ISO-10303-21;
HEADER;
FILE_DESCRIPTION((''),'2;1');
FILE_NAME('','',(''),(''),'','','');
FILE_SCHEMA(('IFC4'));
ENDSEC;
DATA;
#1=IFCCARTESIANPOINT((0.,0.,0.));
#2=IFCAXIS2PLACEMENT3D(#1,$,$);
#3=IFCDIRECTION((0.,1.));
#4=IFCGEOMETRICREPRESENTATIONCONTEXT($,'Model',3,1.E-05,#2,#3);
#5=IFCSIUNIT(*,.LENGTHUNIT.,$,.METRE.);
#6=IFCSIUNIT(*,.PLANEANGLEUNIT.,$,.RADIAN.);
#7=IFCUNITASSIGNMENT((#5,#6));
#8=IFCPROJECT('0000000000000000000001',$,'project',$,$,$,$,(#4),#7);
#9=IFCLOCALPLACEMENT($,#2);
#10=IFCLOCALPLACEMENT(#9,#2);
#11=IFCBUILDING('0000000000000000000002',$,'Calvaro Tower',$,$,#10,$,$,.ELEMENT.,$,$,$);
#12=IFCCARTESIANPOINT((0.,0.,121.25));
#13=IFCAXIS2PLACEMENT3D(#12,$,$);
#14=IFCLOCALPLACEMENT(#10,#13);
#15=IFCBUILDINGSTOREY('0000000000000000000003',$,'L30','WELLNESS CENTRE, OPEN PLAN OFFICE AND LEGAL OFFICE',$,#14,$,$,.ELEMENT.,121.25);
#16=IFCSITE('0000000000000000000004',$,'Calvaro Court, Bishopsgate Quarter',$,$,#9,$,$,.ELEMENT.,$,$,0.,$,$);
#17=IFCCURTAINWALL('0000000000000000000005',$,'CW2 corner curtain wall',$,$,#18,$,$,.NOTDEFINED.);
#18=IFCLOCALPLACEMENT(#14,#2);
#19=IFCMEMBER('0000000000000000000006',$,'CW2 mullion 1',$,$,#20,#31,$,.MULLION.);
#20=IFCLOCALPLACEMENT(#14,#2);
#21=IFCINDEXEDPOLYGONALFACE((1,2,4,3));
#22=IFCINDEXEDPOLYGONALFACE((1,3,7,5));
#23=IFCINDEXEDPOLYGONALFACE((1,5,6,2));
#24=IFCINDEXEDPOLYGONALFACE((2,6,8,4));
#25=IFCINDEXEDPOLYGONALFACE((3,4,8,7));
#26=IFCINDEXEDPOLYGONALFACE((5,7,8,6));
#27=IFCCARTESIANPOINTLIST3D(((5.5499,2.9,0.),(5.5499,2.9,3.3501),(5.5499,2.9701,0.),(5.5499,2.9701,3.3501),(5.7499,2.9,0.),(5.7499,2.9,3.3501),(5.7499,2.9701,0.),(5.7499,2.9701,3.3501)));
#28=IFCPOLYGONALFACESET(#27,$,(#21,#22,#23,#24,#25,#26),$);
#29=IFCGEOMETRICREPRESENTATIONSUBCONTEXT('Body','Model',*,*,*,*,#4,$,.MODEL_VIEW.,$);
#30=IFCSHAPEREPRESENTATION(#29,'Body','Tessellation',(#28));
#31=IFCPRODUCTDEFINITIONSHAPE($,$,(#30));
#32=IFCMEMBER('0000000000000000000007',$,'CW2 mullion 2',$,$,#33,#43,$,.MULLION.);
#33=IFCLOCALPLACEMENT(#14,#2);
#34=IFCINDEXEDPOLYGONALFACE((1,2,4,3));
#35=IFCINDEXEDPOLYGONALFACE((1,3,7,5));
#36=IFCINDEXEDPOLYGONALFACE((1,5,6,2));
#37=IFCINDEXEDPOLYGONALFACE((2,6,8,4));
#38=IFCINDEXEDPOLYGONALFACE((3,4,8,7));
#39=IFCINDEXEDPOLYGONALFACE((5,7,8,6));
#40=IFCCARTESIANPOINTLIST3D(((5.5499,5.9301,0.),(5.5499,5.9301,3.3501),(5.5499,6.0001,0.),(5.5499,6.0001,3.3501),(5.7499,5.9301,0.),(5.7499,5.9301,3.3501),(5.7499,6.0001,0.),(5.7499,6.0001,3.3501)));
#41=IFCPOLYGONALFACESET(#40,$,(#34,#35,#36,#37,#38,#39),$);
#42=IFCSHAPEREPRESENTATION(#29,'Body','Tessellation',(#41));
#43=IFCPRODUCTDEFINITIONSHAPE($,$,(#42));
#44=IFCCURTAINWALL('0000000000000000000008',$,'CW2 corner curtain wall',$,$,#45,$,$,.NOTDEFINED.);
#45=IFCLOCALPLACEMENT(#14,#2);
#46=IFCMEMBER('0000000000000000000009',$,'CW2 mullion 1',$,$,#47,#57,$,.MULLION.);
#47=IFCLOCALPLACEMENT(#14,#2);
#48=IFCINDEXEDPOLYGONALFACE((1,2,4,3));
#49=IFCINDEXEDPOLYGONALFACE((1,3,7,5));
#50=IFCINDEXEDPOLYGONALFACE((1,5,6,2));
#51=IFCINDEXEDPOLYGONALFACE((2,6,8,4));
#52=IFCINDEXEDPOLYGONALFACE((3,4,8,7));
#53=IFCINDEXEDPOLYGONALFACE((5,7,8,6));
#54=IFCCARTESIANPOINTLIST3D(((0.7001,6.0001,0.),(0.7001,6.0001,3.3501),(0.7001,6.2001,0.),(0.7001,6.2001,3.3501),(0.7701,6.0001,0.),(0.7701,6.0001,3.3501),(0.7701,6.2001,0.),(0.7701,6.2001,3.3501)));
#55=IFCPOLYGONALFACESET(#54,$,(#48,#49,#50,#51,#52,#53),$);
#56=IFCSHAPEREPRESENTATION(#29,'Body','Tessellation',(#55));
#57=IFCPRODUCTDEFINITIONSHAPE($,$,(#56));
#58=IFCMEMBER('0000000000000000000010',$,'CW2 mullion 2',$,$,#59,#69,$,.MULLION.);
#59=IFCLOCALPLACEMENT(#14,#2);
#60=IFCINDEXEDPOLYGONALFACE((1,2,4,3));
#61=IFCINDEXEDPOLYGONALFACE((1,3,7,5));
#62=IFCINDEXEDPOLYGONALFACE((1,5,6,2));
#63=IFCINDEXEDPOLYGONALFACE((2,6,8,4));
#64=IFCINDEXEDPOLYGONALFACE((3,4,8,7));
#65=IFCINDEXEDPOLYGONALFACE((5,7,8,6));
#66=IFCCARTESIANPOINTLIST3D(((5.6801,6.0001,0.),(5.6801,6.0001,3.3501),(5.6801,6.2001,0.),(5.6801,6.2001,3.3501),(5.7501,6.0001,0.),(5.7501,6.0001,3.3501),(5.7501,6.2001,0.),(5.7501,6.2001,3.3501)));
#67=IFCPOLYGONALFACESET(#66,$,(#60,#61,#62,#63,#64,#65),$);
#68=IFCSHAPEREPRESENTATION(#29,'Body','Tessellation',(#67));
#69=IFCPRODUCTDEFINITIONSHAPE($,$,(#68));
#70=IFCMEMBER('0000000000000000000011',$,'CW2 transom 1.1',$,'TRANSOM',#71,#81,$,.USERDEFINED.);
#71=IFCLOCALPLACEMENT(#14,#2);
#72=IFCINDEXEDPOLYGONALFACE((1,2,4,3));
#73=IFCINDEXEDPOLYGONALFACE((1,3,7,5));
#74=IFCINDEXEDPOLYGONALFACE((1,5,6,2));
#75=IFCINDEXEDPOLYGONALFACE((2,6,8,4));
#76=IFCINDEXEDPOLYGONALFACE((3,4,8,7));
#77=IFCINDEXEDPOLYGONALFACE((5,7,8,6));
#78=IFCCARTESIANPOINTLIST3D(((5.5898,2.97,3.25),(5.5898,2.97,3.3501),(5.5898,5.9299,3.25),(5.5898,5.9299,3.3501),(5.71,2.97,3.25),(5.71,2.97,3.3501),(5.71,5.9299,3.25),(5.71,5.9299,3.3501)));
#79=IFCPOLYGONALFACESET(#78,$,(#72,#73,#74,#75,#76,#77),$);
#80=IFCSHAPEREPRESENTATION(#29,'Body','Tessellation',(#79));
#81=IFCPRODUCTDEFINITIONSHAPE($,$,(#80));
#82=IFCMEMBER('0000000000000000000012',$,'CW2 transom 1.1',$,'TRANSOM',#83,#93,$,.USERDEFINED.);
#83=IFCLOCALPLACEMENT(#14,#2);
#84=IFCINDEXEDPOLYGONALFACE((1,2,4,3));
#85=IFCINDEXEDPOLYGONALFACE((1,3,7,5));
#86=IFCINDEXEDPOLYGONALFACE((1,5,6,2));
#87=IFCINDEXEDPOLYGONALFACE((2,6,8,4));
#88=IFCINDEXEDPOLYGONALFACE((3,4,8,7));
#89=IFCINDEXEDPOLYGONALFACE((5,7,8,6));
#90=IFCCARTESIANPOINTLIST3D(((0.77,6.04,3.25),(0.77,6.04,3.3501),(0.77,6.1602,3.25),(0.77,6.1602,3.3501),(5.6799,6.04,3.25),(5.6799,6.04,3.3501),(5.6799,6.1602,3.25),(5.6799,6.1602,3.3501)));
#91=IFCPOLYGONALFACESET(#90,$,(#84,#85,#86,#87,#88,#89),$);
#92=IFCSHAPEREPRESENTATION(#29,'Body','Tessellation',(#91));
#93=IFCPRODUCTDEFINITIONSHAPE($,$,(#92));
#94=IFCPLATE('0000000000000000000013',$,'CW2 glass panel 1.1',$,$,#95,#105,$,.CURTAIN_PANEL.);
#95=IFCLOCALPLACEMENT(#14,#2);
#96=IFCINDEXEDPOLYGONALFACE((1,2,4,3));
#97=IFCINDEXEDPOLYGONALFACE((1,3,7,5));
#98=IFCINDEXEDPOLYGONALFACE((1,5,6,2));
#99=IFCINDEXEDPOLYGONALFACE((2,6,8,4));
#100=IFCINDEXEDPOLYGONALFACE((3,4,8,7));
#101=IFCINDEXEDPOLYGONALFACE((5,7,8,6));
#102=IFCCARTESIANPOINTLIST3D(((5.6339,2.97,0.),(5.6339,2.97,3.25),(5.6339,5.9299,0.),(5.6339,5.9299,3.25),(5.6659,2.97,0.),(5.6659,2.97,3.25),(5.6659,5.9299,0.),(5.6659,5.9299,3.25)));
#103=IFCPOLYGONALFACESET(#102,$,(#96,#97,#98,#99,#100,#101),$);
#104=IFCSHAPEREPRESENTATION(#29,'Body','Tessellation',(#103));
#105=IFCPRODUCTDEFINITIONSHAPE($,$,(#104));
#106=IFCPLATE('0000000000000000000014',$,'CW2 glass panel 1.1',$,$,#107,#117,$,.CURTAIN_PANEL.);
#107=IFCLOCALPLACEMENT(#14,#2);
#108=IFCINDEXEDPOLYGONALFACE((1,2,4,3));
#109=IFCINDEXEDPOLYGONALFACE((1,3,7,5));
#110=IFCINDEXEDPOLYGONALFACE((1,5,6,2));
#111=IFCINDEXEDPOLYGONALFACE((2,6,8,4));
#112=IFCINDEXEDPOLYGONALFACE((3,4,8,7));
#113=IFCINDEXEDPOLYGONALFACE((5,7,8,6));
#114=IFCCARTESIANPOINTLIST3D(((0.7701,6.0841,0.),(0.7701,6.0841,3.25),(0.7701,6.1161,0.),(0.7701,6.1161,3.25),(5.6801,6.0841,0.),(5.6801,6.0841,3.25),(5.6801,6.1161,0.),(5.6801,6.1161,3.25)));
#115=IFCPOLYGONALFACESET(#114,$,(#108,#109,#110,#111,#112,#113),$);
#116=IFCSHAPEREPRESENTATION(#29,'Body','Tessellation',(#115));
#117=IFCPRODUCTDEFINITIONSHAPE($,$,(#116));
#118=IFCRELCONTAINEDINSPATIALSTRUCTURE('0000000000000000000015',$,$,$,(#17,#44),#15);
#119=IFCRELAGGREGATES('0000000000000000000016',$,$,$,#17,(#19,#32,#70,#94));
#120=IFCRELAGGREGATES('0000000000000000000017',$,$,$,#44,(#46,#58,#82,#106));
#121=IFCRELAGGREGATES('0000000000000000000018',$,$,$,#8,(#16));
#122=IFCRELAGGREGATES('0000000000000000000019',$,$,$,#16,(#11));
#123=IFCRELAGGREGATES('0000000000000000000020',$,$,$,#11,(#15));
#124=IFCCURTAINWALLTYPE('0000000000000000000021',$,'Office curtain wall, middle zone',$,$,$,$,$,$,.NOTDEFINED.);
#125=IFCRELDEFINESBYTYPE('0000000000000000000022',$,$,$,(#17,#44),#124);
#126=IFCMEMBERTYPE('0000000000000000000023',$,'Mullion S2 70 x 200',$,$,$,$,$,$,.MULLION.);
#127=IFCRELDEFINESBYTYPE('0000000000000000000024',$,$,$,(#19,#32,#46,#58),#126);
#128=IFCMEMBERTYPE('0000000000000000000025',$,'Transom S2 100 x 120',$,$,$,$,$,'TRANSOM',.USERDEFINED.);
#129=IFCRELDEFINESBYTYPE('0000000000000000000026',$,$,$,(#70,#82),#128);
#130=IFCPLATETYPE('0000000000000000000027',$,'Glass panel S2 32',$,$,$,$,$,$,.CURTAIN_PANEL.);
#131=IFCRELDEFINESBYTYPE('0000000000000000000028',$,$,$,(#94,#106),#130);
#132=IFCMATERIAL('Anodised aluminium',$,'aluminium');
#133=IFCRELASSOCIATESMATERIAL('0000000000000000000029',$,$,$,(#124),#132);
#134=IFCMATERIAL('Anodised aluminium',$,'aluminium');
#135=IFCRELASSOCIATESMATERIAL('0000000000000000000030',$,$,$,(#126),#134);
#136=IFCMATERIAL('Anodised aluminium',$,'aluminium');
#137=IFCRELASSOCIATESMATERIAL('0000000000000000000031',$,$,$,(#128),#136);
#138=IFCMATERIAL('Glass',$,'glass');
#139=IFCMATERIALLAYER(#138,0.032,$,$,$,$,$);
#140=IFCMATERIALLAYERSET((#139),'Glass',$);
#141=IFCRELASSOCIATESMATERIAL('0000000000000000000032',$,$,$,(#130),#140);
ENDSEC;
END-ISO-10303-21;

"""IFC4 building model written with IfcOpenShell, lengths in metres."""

from ifc_helpers import new_model, si_unit, direction, frame, origin, origin_2d, place, context, subcontext, project, spatial, rectangle, extrude, material, layer, layer_set, material_profile, profile_set, type_object, element, aggregate, save


model = new_model("IFC4")

# Units and contexts
model_context = context("Model", 3, precision=1e-05, world=origin(), true_north=direction((0.0, 1.0)))
body_context = subcontext(model_context, "Body", "Model", "MODEL_VIEW")
ifc_project = project(units=[si_unit("LENGTHUNIT", "METRE"), si_unit("PLANEANGLEUNIT", "RADIAN")], contexts=[model_context])

# Site, building, storey
site_placement = place(None, origin())
site = spatial("IfcSite", under=ifc_project, at=site_placement, Name="Calvaro Court, Bishopsgate Quarter", CompositionType="ELEMENT", RefElevation=0.0)
building_placement = place(site_placement, origin())
building = spatial("IfcBuilding", under=site, at=building_placement, Name="Calvaro Tower", CompositionType="ELEMENT")
storey_placement = place(building_placement, frame((0.0, 0.0, 121.25)))
storey = spatial("IfcBuildingStorey", under=building, at=storey_placement, Name="L30", Description="WELLNESS CENTRE, OPEN PLAN OFFICE AND LEGAL OFFICE", CompositionType="ELEMENT", Elevation=121.25)

# Curtain walls, members
ifc_material_1 = material(Name="Anodised aluminium", Category="aluminium")
curtain_wall_type = type_object("IfcCurtainWallType", Name="Office curtain wall, middle zone", PredefinedType="NOTDEFINED", material=ifc_material_1)
curtain_wall_1_placement = place(storey_placement, origin())
curtain_wall_1 = element("IfcCurtainWall", 1, at=curtain_wall_1_placement, inside=storey, type_object=curtain_wall_type, Name="CW2 corner curtain wall", PredefinedType="NOTDEFINED")
ifc_material_2 = material(Name="Anodised aluminium", Category="aluminium")
ifc_material_profile_1 = material_profile(ifc_material_2, rectangle(XDim=0.2, YDim=0.0701, at=origin_2d()), Name="Mullion S2 70 x 200")
ifc_profile_set_1 = profile_set([ifc_material_profile_1], Name="Anodised aluminium")
member_type_1 = type_object("IfcMemberType", Name="Mullion S2 70 x 200", PredefinedType="MULLION", material=ifc_profile_set_1)
member_1_placement = place(storey_placement, frame((5.6499, 2.9351, 0.0), z_axis=(0.0, 0.0, 1.0), x_axis=(-1.0, 0.0, 0.0)))
member_1 = element("IfcMember", 2, at=member_1_placement, type_object=member_type_1, Name="CW2 mullion 1", PredefinedType="MULLION", context=body_context, shape_type="SweptSolid", body=[
    extrude(rectangle(XDim=0.2, YDim=0.0701, at=origin_2d()), origin(), (0.0, 0.0, 1.0), 3.3501),
])
member_2_placement = place(storey_placement, frame((5.6499, 5.9651, 0.0), z_axis=(0.0, 0.0, 1.0), x_axis=(-1.0, 0.0, 0.0)))
member_2 = element("IfcMember", 3, at=member_2_placement, type_object=member_type_1, Name="CW2 mullion 2", PredefinedType="MULLION", context=body_context, shape_type="SweptSolid", body=[
    extrude(rectangle(XDim=0.2, YDim=0.0701, at=origin_2d()), origin(), (0.0, 0.0, 1.0), 3.3501),
])
curtain_wall_2_placement = place(storey_placement, origin())
curtain_wall_2 = element("IfcCurtainWall", 4, at=curtain_wall_2_placement, inside=storey, type_object=curtain_wall_type, Name="CW2 corner curtain wall", PredefinedType="NOTDEFINED")
member_3_placement = place(storey_placement, frame((0.7351, 6.1001, 0.0), z_axis=(0.0, 0.0, 1.0), x_axis=(0.0, 1.0, 0.0)))
member_3 = element("IfcMember", 5, at=member_3_placement, type_object=member_type_1, Name="CW2 mullion 1", PredefinedType="MULLION", context=body_context, shape_type="SweptSolid", body=[
    extrude(rectangle(XDim=0.2, YDim=0.0701, at=origin_2d()), origin(), (0.0, 0.0, 1.0), 3.3501),
])
member_4_placement = place(storey_placement, frame((5.7151, 6.1001, 0.0), z_axis=(0.0, 0.0, 1.0), x_axis=(0.0, 1.0, 0.0)))
member_4 = element("IfcMember", 6, at=member_4_placement, type_object=member_type_1, Name="CW2 mullion 2", PredefinedType="MULLION", context=body_context, shape_type="SweptSolid", body=[
    extrude(rectangle(XDim=0.2, YDim=0.0701, at=origin_2d()), origin(), (0.0, 0.0, 1.0), 3.3501),
])

# Members
ifc_material_3 = material(Name="Anodised aluminium", Category="aluminium")
ifc_material_profile_2 = material_profile(ifc_material_3, rectangle(XDim=0.1201, YDim=0.1001, at=origin_2d()), Name="Transom S2 100 x 120")
ifc_profile_set_2 = profile_set([ifc_material_profile_2], Name="Anodised aluminium")
member_type_2 = type_object("IfcMemberType", Name="Transom S2 100 x 120", ElementType="TRANSOM", PredefinedType="USERDEFINED", material=ifc_profile_set_2)
member_5_placement = place(storey_placement, frame((5.6499, 2.97, 3.3), z_axis=(0.0, 1.0, 0.0), x_axis=(-1.0, 0.0, 0.0)))
member_5 = element("IfcMember", 7, at=member_5_placement, type_object=member_type_2, Name="CW2 transom 1.1", ObjectType="TRANSOM", PredefinedType="USERDEFINED", context=body_context, shape_type="SweptSolid", body=[
    extrude(rectangle(XDim=0.1201, YDim=0.1001, at=origin_2d()), origin(), (0.0, 0.0, 1.0), 2.96),
])
member_6_placement = place(storey_placement, frame((0.77, 6.1001, 3.3), z_axis=(1.0, 0.0, 0.0), x_axis=(0.0, 1.0, 0.0)))
member_6 = element("IfcMember", 8, at=member_6_placement, type_object=member_type_2, Name="CW2 transom 1.1", ObjectType="TRANSOM", PredefinedType="USERDEFINED", context=body_context, shape_type="SweptSolid", body=[
    extrude(rectangle(XDim=0.1201, YDim=0.1001, at=origin_2d()), origin(), (0.0, 0.0, 1.0), 4.9099),
])

# Plates
ifc_material_4 = material(Name="Glass", Category="glass")
ifc_layer_1 = layer(ifc_material_4, 0.032)
ifc_layer_set_1 = layer_set([ifc_layer_1], Name="Glass")
plate_type = type_object("IfcPlateType", Name="Glass panel S2 32", PredefinedType="CURTAIN_PANEL", material=ifc_layer_set_1)
plate_1_placement = place(storey_placement, frame((5.6499, 4.45, 0.0), z_axis=(0.0, 0.0, 1.0), x_axis=(0.0, 1.0, 0.0)))
plate_1 = element("IfcPlate", 9, at=plate_1_placement, type_object=plate_type, Name="CW2 glass panel 1.1", PredefinedType="CURTAIN_PANEL", context=body_context, shape_type="SweptSolid", body=[
    extrude(rectangle(XDim=2.96, YDim=0.032, at=origin_2d()), origin(), (0.0, 0.0, 1.0), 3.25),
])
aggregate(curtain_wall_1, [member_1, member_2, member_5, plate_1])
plate_2_placement = place(storey_placement, frame((3.2251, 6.1001, 0.0), z_axis=(0.0, 0.0, 1.0), x_axis=(1.0, 0.0, 0.0)))
plate_2 = element("IfcPlate", 10, at=plate_2_placement, type_object=plate_type, Name="CW2 glass panel 1.1", PredefinedType="CURTAIN_PANEL", context=body_context, shape_type="SweptSolid", body=[
    extrude(rectangle(XDim=4.9099, YDim=0.032, at=origin_2d()), origin(), (0.0, 0.0, 1.0), 3.25),
])
aggregate(curtain_wall_2, [member_3, member_4, member_6, plate_2])

save(model, "model.ifc")
